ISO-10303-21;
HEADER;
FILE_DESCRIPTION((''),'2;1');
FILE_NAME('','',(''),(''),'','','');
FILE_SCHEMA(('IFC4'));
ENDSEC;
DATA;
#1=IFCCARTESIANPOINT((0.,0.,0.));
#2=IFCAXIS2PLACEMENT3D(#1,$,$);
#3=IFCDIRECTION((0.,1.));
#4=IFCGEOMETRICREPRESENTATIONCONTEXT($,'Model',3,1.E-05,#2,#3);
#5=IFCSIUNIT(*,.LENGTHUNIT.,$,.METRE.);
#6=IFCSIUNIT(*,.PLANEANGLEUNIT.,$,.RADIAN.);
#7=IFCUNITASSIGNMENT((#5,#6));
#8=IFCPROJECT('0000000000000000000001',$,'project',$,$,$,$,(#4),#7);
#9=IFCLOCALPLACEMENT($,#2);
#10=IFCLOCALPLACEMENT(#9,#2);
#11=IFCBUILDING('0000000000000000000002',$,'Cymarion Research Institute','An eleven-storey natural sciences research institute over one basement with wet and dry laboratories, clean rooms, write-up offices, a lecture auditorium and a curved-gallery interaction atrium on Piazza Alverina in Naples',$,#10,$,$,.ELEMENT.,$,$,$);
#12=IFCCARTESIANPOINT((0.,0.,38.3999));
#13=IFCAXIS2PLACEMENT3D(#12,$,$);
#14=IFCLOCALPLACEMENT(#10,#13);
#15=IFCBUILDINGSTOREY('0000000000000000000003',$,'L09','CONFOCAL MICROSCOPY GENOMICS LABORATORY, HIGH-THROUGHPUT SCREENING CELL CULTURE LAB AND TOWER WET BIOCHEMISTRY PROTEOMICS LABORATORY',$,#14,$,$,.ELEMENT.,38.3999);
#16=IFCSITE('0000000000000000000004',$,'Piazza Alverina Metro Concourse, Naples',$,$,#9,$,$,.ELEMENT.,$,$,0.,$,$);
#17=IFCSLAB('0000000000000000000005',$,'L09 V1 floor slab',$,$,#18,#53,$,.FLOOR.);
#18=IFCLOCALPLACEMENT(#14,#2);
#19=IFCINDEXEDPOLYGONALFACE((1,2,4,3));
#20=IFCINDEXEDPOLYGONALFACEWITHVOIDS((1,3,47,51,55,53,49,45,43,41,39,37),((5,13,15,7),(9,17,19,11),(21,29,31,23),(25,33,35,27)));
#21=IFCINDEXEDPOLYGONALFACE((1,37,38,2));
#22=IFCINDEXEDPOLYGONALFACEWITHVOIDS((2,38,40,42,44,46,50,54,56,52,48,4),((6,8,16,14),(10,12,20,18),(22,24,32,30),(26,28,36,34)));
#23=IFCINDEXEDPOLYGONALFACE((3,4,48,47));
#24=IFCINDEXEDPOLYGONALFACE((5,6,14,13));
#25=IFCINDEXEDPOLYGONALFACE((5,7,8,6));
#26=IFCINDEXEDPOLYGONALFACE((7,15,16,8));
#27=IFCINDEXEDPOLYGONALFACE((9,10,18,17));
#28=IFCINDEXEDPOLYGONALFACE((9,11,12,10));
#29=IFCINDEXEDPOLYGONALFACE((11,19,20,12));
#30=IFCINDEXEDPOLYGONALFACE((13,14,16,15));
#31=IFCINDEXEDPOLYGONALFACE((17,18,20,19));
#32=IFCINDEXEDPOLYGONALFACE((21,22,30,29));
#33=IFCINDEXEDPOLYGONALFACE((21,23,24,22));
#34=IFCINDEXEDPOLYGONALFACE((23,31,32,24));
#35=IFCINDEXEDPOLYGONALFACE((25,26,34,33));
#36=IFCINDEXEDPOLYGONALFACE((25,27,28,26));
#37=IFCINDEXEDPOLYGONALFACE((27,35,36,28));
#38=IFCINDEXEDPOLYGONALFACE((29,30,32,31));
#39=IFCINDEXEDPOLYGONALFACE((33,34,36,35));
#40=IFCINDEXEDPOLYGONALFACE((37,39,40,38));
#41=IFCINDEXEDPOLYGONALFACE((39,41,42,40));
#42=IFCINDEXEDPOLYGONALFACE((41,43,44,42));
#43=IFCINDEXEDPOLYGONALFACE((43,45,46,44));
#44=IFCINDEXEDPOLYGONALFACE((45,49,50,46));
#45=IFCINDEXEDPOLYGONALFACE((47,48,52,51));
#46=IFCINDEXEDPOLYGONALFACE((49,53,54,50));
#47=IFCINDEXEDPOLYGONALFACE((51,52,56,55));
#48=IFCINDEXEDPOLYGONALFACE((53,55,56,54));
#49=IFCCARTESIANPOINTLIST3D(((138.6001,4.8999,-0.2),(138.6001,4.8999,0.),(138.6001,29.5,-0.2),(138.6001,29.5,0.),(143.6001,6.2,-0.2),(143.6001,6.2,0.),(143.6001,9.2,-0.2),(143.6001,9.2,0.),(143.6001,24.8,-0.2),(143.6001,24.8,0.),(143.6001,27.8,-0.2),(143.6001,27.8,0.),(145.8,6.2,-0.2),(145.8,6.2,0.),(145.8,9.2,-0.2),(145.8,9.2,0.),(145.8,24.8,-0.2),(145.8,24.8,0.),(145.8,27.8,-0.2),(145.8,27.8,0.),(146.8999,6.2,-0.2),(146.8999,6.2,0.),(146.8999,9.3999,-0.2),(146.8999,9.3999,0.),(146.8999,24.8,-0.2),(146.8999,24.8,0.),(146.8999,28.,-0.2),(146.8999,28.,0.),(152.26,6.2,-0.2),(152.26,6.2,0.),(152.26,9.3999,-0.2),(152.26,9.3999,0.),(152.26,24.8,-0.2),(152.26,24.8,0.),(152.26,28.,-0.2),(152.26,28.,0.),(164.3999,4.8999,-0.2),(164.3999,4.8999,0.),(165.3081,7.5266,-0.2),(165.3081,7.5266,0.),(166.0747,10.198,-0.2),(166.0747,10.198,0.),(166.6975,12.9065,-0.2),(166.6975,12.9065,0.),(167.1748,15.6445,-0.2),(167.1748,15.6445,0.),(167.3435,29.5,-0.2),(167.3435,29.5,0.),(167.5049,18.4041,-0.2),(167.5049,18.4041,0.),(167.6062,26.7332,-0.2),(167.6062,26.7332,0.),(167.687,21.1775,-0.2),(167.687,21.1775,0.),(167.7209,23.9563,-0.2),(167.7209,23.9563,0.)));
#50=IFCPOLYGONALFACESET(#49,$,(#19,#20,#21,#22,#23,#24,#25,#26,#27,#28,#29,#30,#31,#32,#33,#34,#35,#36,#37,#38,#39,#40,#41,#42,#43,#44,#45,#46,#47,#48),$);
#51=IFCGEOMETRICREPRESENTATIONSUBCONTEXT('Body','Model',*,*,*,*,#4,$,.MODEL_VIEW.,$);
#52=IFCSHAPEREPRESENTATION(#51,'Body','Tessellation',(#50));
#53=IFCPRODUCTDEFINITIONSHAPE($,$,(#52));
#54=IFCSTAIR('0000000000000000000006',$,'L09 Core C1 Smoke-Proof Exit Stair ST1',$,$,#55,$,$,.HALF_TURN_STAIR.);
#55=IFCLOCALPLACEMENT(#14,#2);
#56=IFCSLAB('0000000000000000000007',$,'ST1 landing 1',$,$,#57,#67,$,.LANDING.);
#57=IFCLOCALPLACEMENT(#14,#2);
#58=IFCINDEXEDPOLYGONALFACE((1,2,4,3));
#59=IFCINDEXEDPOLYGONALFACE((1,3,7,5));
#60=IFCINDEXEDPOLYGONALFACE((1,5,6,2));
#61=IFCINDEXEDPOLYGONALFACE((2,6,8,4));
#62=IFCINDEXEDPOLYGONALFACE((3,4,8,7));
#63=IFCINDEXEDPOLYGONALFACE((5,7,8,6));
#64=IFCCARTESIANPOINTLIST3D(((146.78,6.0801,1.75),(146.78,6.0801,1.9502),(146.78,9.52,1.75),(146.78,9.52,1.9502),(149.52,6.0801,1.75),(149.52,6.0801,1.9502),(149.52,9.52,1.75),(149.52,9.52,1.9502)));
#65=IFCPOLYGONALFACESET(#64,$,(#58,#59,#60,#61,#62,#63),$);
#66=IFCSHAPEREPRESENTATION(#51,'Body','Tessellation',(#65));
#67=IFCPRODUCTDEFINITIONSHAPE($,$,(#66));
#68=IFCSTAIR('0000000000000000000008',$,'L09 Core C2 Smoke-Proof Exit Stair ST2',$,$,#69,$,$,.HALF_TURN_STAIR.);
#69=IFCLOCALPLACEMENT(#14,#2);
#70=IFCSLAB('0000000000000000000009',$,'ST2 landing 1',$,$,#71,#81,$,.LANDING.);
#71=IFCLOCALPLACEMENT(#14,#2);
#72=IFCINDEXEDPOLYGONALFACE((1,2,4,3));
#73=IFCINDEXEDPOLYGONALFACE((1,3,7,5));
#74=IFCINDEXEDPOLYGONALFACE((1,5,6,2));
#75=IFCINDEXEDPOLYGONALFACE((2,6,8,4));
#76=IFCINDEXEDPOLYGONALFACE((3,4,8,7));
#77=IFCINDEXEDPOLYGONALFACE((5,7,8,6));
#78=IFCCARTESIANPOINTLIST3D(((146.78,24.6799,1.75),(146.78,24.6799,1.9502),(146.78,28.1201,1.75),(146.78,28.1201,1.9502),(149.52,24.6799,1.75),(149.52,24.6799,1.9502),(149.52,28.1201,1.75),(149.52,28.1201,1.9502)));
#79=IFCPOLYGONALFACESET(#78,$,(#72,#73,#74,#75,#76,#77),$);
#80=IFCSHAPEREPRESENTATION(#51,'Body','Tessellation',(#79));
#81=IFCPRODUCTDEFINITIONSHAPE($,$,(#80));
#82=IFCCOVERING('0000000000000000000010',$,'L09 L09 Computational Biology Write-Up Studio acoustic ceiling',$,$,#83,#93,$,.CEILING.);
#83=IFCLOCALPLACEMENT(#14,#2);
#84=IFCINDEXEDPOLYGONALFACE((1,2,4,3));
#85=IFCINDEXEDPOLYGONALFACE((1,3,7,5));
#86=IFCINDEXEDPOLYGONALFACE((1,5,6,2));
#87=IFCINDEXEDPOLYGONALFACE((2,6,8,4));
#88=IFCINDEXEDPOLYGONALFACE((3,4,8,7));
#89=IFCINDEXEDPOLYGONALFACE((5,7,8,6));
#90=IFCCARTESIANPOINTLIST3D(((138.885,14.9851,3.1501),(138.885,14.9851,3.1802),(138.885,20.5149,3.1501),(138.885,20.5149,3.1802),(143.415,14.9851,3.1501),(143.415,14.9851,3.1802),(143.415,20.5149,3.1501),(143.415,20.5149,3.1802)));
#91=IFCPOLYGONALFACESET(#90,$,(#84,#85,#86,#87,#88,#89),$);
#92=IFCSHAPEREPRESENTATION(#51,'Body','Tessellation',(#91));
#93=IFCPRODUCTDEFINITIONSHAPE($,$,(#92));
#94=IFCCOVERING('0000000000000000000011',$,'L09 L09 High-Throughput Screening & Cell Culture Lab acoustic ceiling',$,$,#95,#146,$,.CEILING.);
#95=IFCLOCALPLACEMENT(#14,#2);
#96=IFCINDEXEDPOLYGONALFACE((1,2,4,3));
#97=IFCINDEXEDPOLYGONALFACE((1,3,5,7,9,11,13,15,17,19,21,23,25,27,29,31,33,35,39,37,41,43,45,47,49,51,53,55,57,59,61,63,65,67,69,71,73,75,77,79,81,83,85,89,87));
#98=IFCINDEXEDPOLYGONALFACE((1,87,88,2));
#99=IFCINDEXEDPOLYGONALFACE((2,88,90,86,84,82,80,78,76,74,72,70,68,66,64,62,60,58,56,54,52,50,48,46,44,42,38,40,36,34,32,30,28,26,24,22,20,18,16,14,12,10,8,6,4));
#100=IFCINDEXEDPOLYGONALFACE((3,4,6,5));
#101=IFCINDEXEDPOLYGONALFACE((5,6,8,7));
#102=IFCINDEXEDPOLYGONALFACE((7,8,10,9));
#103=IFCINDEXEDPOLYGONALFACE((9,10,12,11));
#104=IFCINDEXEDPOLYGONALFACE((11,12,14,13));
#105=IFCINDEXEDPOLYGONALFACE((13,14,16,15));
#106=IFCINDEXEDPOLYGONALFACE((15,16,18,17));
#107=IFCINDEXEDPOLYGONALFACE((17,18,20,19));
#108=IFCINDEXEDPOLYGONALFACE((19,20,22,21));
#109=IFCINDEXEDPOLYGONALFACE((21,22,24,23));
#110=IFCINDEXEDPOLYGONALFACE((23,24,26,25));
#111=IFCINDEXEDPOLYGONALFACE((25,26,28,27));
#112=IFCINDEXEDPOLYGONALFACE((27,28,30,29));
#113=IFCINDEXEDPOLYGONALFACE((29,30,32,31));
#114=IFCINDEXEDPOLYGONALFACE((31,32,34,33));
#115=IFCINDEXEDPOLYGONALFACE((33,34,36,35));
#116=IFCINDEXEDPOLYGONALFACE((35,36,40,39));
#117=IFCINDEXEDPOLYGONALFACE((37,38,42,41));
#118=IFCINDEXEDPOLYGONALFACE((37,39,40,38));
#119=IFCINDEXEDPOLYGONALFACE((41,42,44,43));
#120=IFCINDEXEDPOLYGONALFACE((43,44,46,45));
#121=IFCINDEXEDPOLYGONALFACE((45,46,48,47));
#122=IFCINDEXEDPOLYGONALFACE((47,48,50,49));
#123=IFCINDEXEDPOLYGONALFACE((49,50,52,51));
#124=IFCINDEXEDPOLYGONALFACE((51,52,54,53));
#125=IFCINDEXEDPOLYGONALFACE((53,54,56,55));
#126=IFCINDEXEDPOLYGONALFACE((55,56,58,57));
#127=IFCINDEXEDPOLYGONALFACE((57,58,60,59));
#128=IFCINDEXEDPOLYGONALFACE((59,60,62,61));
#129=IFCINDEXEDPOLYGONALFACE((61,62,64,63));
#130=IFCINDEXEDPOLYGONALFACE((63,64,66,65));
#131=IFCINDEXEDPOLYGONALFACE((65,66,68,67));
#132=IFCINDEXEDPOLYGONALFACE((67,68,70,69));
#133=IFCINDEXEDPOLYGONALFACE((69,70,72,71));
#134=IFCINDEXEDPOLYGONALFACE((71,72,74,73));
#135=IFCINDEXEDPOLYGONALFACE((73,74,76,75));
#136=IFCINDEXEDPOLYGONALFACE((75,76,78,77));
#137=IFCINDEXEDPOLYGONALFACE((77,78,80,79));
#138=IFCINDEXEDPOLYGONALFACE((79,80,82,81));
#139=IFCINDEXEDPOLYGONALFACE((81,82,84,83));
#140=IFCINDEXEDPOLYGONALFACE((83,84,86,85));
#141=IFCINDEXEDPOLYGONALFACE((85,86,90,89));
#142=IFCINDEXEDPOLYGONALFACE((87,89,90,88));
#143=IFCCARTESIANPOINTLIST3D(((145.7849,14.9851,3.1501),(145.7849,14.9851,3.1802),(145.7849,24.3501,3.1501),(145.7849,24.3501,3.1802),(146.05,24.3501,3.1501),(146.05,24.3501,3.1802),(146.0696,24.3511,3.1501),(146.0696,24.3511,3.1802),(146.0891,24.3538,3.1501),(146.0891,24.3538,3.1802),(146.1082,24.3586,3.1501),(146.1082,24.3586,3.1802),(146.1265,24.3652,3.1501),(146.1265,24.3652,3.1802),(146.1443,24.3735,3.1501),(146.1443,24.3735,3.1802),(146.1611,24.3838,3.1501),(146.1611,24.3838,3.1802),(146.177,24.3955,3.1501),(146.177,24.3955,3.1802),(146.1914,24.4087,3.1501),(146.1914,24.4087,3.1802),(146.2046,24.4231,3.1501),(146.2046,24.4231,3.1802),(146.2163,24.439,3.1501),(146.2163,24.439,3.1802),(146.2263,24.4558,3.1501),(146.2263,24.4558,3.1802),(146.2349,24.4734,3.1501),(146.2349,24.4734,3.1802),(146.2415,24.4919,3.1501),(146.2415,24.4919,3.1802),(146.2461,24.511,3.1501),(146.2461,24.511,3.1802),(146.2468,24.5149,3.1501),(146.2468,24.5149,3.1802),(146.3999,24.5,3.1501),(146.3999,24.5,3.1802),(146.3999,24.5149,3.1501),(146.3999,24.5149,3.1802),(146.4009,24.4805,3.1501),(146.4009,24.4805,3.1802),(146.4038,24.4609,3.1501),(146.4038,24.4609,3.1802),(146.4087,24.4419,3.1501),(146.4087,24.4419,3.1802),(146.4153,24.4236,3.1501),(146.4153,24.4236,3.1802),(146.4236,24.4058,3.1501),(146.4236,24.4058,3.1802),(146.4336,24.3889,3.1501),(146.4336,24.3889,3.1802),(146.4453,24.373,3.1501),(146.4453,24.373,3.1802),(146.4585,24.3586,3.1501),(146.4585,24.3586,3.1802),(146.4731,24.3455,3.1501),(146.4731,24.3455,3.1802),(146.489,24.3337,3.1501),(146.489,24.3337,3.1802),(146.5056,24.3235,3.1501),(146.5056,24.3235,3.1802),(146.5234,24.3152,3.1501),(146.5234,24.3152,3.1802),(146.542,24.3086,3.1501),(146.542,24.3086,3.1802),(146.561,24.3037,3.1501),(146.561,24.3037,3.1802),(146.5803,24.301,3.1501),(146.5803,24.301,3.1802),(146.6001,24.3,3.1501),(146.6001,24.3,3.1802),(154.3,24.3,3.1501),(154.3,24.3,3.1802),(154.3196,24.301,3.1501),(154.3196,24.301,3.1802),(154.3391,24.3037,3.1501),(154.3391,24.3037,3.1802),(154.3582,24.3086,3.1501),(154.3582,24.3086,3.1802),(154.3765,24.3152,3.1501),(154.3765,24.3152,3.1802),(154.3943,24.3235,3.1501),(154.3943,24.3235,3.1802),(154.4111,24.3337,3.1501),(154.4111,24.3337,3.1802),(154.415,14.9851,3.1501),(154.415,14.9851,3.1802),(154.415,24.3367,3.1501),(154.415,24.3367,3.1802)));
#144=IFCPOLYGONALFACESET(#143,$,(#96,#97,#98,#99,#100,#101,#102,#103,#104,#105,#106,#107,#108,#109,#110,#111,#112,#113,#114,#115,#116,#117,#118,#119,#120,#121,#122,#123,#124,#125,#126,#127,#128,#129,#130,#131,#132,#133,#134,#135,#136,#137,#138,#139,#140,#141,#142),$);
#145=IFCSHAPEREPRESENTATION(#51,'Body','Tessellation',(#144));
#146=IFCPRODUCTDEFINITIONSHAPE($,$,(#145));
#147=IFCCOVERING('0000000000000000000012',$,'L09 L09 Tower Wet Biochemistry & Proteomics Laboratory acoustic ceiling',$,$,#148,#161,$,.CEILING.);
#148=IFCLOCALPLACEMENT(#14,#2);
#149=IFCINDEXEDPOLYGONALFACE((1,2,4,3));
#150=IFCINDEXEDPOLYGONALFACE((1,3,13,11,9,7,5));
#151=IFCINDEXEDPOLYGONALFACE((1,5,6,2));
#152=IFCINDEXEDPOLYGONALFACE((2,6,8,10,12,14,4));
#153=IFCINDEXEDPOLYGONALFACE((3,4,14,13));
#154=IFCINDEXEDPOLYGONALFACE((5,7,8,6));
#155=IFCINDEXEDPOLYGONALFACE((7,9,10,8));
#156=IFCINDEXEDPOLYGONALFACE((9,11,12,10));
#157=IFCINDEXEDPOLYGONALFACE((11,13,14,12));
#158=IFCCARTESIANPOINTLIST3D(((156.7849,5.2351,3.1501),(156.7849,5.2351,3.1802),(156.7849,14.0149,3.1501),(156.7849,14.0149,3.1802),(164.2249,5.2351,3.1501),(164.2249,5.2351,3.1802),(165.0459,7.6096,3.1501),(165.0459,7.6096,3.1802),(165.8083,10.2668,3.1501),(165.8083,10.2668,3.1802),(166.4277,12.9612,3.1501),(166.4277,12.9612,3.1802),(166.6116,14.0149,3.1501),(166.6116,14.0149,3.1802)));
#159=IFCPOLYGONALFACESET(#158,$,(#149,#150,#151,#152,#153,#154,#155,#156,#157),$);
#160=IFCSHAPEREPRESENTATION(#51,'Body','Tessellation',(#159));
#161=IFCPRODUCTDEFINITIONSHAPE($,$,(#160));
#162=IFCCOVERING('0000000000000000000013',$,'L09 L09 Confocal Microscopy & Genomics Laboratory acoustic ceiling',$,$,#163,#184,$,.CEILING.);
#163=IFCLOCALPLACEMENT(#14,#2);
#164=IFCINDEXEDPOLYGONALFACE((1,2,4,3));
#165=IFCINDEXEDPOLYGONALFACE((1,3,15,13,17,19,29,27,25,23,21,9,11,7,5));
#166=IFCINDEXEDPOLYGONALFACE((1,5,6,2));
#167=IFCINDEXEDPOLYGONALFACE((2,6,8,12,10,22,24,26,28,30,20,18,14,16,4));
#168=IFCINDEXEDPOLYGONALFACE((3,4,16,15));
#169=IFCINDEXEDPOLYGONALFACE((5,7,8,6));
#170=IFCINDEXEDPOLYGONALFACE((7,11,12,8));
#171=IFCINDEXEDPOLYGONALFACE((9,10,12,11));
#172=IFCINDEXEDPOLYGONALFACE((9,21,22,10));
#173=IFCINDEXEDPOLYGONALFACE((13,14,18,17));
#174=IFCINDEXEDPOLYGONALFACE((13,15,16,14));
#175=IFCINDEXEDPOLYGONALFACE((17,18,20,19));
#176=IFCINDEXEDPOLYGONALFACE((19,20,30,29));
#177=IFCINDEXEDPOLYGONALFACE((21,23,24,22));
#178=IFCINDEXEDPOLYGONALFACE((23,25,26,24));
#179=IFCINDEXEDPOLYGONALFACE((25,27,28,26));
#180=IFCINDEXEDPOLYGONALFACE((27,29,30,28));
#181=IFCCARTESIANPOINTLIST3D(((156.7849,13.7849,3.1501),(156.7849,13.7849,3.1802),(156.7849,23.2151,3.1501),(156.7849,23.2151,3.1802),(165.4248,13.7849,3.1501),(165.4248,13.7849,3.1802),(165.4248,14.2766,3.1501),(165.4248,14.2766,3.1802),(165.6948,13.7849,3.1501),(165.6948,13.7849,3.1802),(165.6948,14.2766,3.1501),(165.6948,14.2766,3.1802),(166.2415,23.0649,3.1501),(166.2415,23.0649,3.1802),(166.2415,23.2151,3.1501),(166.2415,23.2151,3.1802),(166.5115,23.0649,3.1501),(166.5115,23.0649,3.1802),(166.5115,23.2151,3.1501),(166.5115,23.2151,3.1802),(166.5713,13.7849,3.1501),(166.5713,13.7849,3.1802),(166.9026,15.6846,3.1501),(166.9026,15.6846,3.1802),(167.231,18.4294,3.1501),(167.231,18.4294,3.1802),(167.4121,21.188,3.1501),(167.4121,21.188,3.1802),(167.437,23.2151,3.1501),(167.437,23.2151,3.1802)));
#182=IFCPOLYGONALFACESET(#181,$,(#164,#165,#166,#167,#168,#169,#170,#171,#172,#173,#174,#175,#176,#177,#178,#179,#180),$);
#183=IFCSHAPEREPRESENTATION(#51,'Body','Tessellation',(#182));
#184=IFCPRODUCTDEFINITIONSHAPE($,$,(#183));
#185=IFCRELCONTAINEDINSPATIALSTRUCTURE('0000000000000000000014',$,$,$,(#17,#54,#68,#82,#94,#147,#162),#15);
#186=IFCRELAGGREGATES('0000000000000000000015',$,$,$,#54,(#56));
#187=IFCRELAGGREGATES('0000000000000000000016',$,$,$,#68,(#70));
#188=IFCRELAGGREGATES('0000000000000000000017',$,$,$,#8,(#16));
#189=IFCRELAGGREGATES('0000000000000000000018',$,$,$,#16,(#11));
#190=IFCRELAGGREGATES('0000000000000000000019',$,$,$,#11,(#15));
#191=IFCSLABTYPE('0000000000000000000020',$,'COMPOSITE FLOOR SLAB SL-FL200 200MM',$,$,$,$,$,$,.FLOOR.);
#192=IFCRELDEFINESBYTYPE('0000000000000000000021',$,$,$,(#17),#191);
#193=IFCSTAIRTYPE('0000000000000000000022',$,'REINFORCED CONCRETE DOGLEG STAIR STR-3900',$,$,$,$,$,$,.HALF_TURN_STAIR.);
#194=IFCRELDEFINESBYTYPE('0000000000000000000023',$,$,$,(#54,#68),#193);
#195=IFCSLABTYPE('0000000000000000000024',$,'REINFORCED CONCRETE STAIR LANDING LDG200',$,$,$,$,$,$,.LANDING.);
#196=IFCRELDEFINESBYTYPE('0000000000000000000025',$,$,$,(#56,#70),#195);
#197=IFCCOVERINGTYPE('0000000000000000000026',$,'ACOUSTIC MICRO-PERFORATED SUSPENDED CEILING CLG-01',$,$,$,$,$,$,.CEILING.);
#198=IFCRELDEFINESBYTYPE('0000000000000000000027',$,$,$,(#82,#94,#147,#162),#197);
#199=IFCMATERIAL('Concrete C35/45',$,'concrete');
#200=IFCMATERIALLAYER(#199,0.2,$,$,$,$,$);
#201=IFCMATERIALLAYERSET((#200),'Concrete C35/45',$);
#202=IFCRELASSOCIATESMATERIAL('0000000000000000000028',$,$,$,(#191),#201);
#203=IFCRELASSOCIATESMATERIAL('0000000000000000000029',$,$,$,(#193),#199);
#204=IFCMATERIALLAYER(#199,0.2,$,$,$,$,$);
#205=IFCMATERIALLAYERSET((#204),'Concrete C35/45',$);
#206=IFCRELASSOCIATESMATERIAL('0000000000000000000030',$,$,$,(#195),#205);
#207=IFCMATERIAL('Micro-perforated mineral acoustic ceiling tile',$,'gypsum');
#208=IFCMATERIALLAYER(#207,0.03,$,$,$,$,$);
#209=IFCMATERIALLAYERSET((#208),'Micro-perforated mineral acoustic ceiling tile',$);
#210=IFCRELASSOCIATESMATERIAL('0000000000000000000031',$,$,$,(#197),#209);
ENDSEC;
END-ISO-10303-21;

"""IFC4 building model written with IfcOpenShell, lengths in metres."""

from ifc_helpers import new_model, si_unit, direction, frame, origin, place, context, subcontext, project, spatial, polyline, outline, extrude, material, layer, layer_set, type_object, element, aggregate, save


model = new_model("IFC4")

# Units and contexts
model_context = context("Model", 3, precision=1e-05, world=origin(), true_north=direction((0.0, 1.0)))
body_context = subcontext(model_context, "Body", "Model", "MODEL_VIEW")
ifc_project = project(units=[si_unit("LENGTHUNIT", "METRE"), si_unit("PLANEANGLEUNIT", "RADIAN")], contexts=[model_context])

# Site, building, storey
site_placement = place(None, origin())
site = spatial("IfcSite", under=ifc_project, at=site_placement, Name="Piazza Alverina Metro Concourse, Naples", CompositionType="ELEMENT", RefElevation=0.0)
building_placement = place(site_placement, origin())
building = spatial("IfcBuilding", under=site, at=building_placement, Name="Cymarion Research Institute", Description="An eleven-storey natural sciences research institute over one basement with wet and dry laboratories, clean rooms, write-up offices, a lecture auditorium and a curved-gallery interaction atrium on Piazza Alverina in Naples", CompositionType="ELEMENT")
storey_placement = place(building_placement, frame((0.0, 0.0, 38.3999)))
storey = spatial("IfcBuildingStorey", under=building, at=storey_placement, Name="L09", Description="CONFOCAL MICROSCOPY GENOMICS LABORATORY, HIGH-THROUGHPUT SCREENING CELL CULTURE LAB AND TOWER WET BIOCHEMISTRY PROTEOMICS LABORATORY", CompositionType="ELEMENT", Elevation=38.3999)

# Slab
ifc_material_1 = material(Name="Concrete C35/45", Category="concrete")
ifc_layer_1 = layer(ifc_material_1, 0.2)
ifc_layer_set_1 = layer_set([ifc_layer_1], Name="Concrete C35/45")
slab_type_1 = type_object("IfcSlabType", Name="COMPOSITE FLOOR SLAB SL-FL200 200MM", PredefinedType="FLOOR", material=ifc_layer_set_1)
slab_1_placement = place(storey_placement, frame((0.0, 0.0, -0.2)))
element("IfcSlab", 1, at=slab_1_placement, inside=storey, type_object=slab_type_1, Name="L09 V1 floor slab", PredefinedType="FLOOR", context=body_context, shape_type="SweptSolid", body=[
    extrude(outline(polyline([(138.6001, 4.8999), (164.3999, 4.8999), (165.3081, 7.5266), (166.0747, 10.198), (166.6975, 12.9065), (167.1748, 15.6445), (167.5049, 18.4041), (167.687, 21.1775), (167.7209, 23.9563), (167.6062, 26.7332), (167.3435, 29.5), (138.6001, 29.5), (138.6001, 4.8999)]), holes=[polyline([(152.26, 9.3999), (146.8999, 9.3999), (146.8999, 6.2), (152.26, 6.2), (152.26, 9.3999)]), polyline([(143.6001, 6.2), (145.8, 6.2), (145.8, 9.2), (143.6001, 9.2), (143.6001, 6.2)]), polyline([(152.26, 28.0), (146.8999, 28.0), (146.8999, 24.8), (152.26, 24.8), (152.26, 28.0)]), polyline([(143.6001, 24.8), (145.8, 24.8), (145.8, 27.8), (143.6001, 27.8), (143.6001, 24.8)])]), origin(), (0.0, 0.0, 1.0), 0.2),
])

# Stairs, slabs
stair_type = type_object("IfcStairType", Name="REINFORCED CONCRETE DOGLEG STAIR STR-3900", PredefinedType="HALF_TURN_STAIR", material=ifc_material_1)
stair_1_placement = place(storey_placement, origin())
stair_1 = element("IfcStair", 2, at=stair_1_placement, inside=storey, type_object=stair_type, Name="L09 Core C1 Smoke-Proof Exit Stair ST1", PredefinedType="HALF_TURN_STAIR")
ifc_layer_2 = layer(ifc_material_1, 0.2)
ifc_layer_set_2 = layer_set([ifc_layer_2], Name="Concrete C35/45")
slab_type_2 = type_object("IfcSlabType", Name="REINFORCED CONCRETE STAIR LANDING LDG200", PredefinedType="LANDING", material=ifc_layer_set_2)
slab_2_placement = place(storey_placement, frame((0.0, 0.0, 1.75)))
slab_2 = element("IfcSlab", 3, at=slab_2_placement, type_object=slab_type_2, Name="ST1 landing 1", PredefinedType="LANDING", context=body_context, shape_type="SweptSolid", body=[
    extrude(outline(polyline([(149.52, 9.52), (149.52, 6.0801), (146.78, 6.0801), (146.78, 9.52), (149.52, 9.52)])), origin(), (0.0, 0.0, 1.0), 0.2002),
])
aggregate(stair_1, [slab_2])
stair_2_placement = place(storey_placement, origin())
stair_2 = element("IfcStair", 4, at=stair_2_placement, inside=storey, type_object=stair_type, Name="L09 Core C2 Smoke-Proof Exit Stair ST2", PredefinedType="HALF_TURN_STAIR")
slab_3_placement = place(storey_placement, frame((0.0, 0.0, 1.75)))
slab_3 = element("IfcSlab", 5, at=slab_3_placement, type_object=slab_type_2, Name="ST2 landing 1", PredefinedType="LANDING", context=body_context, shape_type="SweptSolid", body=[
    extrude(outline(polyline([(149.52, 28.1201), (149.52, 24.6799), (146.78, 24.6799), (146.78, 28.1201), (149.52, 28.1201)])), origin(), (0.0, 0.0, 1.0), 0.2002),
])
aggregate(stair_2, [slab_3])

# Coverings
ifc_material_2 = material(Name="Micro-perforated mineral acoustic ceiling tile", Category="gypsum")
ifc_layer_3 = layer(ifc_material_2, 0.03)
ifc_layer_set_3 = layer_set([ifc_layer_3], Name="Micro-perforated mineral acoustic ceiling tile")
covering_type_1 = type_object("IfcCoveringType", Name="ACOUSTIC MICRO-PERFORATED SUSPENDED CEILING CLG-01", PredefinedType="CEILING", material=ifc_layer_set_3)
covering_1_placement = place(storey_placement, frame((0.0, 0.0, 3.1501)))
element("IfcCovering", 6, at=covering_1_placement, inside=storey, type_object=covering_type_1, Name="L09 L09 Computational Biology Write-Up Studio acoustic ceiling", PredefinedType="CEILING", context=body_context, shape_type="SweptSolid", body=[
    extrude(outline(polyline([(143.415, 20.5149), (143.415, 14.9851), (138.885, 14.9851), (138.885, 20.5149), (143.415, 20.5149)])), origin(), (0.0, 0.0, 1.0), 0.03),
])
covering_2_placement = place(storey_placement, frame((0.0, 0.0, 3.1501)))
element("IfcCovering", 7, at=covering_2_placement, inside=storey, type_object=covering_type_1, Name="L09 L09 High-Throughput Screening & Cell Culture Lab acoustic ceiling", PredefinedType="CEILING", context=body_context, shape_type="SweptSolid", body=[
    extrude(outline(polyline([(146.3999, 24.5149), (146.3999, 24.5), (146.4009, 24.4805), (146.4038, 24.4609), (146.4087, 24.4419), (146.4153, 24.4236), (146.4236, 24.4058), (146.4336, 24.3889), (146.4453, 24.373), (146.4585, 24.3586), (146.4731, 24.3455), (146.489, 24.3337), (146.5056, 24.3235), (146.5234, 24.3152), (146.542, 24.3086), (146.561, 24.3037), (146.5803, 24.301), (146.6001, 24.3), (154.3, 24.3), (154.3196, 24.301), (154.3391, 24.3037), (154.3582, 24.3086), (154.3765, 24.3152), (154.3943, 24.3235), (154.4111, 24.3337), (154.415, 24.3367), (154.415, 14.9851), (145.7849, 14.9851), (145.7849, 24.3501), (146.05, 24.3501), (146.0696, 24.3511), (146.0891, 24.3538), (146.1082, 24.3586), (146.1265, 24.3652), (146.1443, 24.3735), (146.1611, 24.3838), (146.177, 24.3955), (146.1914, 24.4087), (146.2046, 24.4231), (146.2163, 24.439), (146.2263, 24.4558), (146.2349, 24.4734), (146.2415, 24.4919), (146.2461, 24.511), (146.2468, 24.5149), (146.3999, 24.5149)])), origin(), (0.0, 0.0, 1.0), 0.03),
])
covering_3_placement = place(storey_placement, frame((0.0, 0.0, 3.1501)))
element("IfcCovering", 8, at=covering_3_placement, inside=storey, type_object=covering_type_1, Name="L09 L09 Tower Wet Biochemistry & Proteomics Laboratory acoustic ceiling", PredefinedType="CEILING", context=body_context, shape_type="SweptSolid", body=[
    extrude(outline(polyline([(166.6116, 14.0149), (166.4277, 12.9612), (165.8083, 10.2668), (165.0459, 7.6096), (164.2249, 5.2351), (156.7849, 5.2351), (156.7849, 14.0149), (166.6116, 14.0149)])), origin(), (0.0, 0.0, 1.0), 0.03),
])
covering_4_placement = place(storey_placement, frame((0.0, 0.0, 3.1501)))
element("IfcCovering", 9, at=covering_4_placement, inside=storey, type_object=covering_type_1, Name="L09 L09 Confocal Microscopy & Genomics Laboratory acoustic ceiling", PredefinedType="CEILING", context=body_context, shape_type="SweptSolid", body=[
    extrude(outline(polyline([(166.2415, 23.2151), (166.2415, 23.0649), (166.5115, 23.0649), (166.5115, 23.2151), (167.437, 23.2151), (167.4121, 21.188), (167.231, 18.4294), (166.9026, 15.6846), (166.5713, 13.7849), (165.6948, 13.7849), (165.6948, 14.2766), (165.4248, 14.2766), (165.4248, 13.7849), (156.7849, 13.7849), (156.7849, 23.2151), (166.2415, 23.2151)])), origin(), (0.0, 0.0, 1.0), 0.03),
])

save(model, "model.ifc")
